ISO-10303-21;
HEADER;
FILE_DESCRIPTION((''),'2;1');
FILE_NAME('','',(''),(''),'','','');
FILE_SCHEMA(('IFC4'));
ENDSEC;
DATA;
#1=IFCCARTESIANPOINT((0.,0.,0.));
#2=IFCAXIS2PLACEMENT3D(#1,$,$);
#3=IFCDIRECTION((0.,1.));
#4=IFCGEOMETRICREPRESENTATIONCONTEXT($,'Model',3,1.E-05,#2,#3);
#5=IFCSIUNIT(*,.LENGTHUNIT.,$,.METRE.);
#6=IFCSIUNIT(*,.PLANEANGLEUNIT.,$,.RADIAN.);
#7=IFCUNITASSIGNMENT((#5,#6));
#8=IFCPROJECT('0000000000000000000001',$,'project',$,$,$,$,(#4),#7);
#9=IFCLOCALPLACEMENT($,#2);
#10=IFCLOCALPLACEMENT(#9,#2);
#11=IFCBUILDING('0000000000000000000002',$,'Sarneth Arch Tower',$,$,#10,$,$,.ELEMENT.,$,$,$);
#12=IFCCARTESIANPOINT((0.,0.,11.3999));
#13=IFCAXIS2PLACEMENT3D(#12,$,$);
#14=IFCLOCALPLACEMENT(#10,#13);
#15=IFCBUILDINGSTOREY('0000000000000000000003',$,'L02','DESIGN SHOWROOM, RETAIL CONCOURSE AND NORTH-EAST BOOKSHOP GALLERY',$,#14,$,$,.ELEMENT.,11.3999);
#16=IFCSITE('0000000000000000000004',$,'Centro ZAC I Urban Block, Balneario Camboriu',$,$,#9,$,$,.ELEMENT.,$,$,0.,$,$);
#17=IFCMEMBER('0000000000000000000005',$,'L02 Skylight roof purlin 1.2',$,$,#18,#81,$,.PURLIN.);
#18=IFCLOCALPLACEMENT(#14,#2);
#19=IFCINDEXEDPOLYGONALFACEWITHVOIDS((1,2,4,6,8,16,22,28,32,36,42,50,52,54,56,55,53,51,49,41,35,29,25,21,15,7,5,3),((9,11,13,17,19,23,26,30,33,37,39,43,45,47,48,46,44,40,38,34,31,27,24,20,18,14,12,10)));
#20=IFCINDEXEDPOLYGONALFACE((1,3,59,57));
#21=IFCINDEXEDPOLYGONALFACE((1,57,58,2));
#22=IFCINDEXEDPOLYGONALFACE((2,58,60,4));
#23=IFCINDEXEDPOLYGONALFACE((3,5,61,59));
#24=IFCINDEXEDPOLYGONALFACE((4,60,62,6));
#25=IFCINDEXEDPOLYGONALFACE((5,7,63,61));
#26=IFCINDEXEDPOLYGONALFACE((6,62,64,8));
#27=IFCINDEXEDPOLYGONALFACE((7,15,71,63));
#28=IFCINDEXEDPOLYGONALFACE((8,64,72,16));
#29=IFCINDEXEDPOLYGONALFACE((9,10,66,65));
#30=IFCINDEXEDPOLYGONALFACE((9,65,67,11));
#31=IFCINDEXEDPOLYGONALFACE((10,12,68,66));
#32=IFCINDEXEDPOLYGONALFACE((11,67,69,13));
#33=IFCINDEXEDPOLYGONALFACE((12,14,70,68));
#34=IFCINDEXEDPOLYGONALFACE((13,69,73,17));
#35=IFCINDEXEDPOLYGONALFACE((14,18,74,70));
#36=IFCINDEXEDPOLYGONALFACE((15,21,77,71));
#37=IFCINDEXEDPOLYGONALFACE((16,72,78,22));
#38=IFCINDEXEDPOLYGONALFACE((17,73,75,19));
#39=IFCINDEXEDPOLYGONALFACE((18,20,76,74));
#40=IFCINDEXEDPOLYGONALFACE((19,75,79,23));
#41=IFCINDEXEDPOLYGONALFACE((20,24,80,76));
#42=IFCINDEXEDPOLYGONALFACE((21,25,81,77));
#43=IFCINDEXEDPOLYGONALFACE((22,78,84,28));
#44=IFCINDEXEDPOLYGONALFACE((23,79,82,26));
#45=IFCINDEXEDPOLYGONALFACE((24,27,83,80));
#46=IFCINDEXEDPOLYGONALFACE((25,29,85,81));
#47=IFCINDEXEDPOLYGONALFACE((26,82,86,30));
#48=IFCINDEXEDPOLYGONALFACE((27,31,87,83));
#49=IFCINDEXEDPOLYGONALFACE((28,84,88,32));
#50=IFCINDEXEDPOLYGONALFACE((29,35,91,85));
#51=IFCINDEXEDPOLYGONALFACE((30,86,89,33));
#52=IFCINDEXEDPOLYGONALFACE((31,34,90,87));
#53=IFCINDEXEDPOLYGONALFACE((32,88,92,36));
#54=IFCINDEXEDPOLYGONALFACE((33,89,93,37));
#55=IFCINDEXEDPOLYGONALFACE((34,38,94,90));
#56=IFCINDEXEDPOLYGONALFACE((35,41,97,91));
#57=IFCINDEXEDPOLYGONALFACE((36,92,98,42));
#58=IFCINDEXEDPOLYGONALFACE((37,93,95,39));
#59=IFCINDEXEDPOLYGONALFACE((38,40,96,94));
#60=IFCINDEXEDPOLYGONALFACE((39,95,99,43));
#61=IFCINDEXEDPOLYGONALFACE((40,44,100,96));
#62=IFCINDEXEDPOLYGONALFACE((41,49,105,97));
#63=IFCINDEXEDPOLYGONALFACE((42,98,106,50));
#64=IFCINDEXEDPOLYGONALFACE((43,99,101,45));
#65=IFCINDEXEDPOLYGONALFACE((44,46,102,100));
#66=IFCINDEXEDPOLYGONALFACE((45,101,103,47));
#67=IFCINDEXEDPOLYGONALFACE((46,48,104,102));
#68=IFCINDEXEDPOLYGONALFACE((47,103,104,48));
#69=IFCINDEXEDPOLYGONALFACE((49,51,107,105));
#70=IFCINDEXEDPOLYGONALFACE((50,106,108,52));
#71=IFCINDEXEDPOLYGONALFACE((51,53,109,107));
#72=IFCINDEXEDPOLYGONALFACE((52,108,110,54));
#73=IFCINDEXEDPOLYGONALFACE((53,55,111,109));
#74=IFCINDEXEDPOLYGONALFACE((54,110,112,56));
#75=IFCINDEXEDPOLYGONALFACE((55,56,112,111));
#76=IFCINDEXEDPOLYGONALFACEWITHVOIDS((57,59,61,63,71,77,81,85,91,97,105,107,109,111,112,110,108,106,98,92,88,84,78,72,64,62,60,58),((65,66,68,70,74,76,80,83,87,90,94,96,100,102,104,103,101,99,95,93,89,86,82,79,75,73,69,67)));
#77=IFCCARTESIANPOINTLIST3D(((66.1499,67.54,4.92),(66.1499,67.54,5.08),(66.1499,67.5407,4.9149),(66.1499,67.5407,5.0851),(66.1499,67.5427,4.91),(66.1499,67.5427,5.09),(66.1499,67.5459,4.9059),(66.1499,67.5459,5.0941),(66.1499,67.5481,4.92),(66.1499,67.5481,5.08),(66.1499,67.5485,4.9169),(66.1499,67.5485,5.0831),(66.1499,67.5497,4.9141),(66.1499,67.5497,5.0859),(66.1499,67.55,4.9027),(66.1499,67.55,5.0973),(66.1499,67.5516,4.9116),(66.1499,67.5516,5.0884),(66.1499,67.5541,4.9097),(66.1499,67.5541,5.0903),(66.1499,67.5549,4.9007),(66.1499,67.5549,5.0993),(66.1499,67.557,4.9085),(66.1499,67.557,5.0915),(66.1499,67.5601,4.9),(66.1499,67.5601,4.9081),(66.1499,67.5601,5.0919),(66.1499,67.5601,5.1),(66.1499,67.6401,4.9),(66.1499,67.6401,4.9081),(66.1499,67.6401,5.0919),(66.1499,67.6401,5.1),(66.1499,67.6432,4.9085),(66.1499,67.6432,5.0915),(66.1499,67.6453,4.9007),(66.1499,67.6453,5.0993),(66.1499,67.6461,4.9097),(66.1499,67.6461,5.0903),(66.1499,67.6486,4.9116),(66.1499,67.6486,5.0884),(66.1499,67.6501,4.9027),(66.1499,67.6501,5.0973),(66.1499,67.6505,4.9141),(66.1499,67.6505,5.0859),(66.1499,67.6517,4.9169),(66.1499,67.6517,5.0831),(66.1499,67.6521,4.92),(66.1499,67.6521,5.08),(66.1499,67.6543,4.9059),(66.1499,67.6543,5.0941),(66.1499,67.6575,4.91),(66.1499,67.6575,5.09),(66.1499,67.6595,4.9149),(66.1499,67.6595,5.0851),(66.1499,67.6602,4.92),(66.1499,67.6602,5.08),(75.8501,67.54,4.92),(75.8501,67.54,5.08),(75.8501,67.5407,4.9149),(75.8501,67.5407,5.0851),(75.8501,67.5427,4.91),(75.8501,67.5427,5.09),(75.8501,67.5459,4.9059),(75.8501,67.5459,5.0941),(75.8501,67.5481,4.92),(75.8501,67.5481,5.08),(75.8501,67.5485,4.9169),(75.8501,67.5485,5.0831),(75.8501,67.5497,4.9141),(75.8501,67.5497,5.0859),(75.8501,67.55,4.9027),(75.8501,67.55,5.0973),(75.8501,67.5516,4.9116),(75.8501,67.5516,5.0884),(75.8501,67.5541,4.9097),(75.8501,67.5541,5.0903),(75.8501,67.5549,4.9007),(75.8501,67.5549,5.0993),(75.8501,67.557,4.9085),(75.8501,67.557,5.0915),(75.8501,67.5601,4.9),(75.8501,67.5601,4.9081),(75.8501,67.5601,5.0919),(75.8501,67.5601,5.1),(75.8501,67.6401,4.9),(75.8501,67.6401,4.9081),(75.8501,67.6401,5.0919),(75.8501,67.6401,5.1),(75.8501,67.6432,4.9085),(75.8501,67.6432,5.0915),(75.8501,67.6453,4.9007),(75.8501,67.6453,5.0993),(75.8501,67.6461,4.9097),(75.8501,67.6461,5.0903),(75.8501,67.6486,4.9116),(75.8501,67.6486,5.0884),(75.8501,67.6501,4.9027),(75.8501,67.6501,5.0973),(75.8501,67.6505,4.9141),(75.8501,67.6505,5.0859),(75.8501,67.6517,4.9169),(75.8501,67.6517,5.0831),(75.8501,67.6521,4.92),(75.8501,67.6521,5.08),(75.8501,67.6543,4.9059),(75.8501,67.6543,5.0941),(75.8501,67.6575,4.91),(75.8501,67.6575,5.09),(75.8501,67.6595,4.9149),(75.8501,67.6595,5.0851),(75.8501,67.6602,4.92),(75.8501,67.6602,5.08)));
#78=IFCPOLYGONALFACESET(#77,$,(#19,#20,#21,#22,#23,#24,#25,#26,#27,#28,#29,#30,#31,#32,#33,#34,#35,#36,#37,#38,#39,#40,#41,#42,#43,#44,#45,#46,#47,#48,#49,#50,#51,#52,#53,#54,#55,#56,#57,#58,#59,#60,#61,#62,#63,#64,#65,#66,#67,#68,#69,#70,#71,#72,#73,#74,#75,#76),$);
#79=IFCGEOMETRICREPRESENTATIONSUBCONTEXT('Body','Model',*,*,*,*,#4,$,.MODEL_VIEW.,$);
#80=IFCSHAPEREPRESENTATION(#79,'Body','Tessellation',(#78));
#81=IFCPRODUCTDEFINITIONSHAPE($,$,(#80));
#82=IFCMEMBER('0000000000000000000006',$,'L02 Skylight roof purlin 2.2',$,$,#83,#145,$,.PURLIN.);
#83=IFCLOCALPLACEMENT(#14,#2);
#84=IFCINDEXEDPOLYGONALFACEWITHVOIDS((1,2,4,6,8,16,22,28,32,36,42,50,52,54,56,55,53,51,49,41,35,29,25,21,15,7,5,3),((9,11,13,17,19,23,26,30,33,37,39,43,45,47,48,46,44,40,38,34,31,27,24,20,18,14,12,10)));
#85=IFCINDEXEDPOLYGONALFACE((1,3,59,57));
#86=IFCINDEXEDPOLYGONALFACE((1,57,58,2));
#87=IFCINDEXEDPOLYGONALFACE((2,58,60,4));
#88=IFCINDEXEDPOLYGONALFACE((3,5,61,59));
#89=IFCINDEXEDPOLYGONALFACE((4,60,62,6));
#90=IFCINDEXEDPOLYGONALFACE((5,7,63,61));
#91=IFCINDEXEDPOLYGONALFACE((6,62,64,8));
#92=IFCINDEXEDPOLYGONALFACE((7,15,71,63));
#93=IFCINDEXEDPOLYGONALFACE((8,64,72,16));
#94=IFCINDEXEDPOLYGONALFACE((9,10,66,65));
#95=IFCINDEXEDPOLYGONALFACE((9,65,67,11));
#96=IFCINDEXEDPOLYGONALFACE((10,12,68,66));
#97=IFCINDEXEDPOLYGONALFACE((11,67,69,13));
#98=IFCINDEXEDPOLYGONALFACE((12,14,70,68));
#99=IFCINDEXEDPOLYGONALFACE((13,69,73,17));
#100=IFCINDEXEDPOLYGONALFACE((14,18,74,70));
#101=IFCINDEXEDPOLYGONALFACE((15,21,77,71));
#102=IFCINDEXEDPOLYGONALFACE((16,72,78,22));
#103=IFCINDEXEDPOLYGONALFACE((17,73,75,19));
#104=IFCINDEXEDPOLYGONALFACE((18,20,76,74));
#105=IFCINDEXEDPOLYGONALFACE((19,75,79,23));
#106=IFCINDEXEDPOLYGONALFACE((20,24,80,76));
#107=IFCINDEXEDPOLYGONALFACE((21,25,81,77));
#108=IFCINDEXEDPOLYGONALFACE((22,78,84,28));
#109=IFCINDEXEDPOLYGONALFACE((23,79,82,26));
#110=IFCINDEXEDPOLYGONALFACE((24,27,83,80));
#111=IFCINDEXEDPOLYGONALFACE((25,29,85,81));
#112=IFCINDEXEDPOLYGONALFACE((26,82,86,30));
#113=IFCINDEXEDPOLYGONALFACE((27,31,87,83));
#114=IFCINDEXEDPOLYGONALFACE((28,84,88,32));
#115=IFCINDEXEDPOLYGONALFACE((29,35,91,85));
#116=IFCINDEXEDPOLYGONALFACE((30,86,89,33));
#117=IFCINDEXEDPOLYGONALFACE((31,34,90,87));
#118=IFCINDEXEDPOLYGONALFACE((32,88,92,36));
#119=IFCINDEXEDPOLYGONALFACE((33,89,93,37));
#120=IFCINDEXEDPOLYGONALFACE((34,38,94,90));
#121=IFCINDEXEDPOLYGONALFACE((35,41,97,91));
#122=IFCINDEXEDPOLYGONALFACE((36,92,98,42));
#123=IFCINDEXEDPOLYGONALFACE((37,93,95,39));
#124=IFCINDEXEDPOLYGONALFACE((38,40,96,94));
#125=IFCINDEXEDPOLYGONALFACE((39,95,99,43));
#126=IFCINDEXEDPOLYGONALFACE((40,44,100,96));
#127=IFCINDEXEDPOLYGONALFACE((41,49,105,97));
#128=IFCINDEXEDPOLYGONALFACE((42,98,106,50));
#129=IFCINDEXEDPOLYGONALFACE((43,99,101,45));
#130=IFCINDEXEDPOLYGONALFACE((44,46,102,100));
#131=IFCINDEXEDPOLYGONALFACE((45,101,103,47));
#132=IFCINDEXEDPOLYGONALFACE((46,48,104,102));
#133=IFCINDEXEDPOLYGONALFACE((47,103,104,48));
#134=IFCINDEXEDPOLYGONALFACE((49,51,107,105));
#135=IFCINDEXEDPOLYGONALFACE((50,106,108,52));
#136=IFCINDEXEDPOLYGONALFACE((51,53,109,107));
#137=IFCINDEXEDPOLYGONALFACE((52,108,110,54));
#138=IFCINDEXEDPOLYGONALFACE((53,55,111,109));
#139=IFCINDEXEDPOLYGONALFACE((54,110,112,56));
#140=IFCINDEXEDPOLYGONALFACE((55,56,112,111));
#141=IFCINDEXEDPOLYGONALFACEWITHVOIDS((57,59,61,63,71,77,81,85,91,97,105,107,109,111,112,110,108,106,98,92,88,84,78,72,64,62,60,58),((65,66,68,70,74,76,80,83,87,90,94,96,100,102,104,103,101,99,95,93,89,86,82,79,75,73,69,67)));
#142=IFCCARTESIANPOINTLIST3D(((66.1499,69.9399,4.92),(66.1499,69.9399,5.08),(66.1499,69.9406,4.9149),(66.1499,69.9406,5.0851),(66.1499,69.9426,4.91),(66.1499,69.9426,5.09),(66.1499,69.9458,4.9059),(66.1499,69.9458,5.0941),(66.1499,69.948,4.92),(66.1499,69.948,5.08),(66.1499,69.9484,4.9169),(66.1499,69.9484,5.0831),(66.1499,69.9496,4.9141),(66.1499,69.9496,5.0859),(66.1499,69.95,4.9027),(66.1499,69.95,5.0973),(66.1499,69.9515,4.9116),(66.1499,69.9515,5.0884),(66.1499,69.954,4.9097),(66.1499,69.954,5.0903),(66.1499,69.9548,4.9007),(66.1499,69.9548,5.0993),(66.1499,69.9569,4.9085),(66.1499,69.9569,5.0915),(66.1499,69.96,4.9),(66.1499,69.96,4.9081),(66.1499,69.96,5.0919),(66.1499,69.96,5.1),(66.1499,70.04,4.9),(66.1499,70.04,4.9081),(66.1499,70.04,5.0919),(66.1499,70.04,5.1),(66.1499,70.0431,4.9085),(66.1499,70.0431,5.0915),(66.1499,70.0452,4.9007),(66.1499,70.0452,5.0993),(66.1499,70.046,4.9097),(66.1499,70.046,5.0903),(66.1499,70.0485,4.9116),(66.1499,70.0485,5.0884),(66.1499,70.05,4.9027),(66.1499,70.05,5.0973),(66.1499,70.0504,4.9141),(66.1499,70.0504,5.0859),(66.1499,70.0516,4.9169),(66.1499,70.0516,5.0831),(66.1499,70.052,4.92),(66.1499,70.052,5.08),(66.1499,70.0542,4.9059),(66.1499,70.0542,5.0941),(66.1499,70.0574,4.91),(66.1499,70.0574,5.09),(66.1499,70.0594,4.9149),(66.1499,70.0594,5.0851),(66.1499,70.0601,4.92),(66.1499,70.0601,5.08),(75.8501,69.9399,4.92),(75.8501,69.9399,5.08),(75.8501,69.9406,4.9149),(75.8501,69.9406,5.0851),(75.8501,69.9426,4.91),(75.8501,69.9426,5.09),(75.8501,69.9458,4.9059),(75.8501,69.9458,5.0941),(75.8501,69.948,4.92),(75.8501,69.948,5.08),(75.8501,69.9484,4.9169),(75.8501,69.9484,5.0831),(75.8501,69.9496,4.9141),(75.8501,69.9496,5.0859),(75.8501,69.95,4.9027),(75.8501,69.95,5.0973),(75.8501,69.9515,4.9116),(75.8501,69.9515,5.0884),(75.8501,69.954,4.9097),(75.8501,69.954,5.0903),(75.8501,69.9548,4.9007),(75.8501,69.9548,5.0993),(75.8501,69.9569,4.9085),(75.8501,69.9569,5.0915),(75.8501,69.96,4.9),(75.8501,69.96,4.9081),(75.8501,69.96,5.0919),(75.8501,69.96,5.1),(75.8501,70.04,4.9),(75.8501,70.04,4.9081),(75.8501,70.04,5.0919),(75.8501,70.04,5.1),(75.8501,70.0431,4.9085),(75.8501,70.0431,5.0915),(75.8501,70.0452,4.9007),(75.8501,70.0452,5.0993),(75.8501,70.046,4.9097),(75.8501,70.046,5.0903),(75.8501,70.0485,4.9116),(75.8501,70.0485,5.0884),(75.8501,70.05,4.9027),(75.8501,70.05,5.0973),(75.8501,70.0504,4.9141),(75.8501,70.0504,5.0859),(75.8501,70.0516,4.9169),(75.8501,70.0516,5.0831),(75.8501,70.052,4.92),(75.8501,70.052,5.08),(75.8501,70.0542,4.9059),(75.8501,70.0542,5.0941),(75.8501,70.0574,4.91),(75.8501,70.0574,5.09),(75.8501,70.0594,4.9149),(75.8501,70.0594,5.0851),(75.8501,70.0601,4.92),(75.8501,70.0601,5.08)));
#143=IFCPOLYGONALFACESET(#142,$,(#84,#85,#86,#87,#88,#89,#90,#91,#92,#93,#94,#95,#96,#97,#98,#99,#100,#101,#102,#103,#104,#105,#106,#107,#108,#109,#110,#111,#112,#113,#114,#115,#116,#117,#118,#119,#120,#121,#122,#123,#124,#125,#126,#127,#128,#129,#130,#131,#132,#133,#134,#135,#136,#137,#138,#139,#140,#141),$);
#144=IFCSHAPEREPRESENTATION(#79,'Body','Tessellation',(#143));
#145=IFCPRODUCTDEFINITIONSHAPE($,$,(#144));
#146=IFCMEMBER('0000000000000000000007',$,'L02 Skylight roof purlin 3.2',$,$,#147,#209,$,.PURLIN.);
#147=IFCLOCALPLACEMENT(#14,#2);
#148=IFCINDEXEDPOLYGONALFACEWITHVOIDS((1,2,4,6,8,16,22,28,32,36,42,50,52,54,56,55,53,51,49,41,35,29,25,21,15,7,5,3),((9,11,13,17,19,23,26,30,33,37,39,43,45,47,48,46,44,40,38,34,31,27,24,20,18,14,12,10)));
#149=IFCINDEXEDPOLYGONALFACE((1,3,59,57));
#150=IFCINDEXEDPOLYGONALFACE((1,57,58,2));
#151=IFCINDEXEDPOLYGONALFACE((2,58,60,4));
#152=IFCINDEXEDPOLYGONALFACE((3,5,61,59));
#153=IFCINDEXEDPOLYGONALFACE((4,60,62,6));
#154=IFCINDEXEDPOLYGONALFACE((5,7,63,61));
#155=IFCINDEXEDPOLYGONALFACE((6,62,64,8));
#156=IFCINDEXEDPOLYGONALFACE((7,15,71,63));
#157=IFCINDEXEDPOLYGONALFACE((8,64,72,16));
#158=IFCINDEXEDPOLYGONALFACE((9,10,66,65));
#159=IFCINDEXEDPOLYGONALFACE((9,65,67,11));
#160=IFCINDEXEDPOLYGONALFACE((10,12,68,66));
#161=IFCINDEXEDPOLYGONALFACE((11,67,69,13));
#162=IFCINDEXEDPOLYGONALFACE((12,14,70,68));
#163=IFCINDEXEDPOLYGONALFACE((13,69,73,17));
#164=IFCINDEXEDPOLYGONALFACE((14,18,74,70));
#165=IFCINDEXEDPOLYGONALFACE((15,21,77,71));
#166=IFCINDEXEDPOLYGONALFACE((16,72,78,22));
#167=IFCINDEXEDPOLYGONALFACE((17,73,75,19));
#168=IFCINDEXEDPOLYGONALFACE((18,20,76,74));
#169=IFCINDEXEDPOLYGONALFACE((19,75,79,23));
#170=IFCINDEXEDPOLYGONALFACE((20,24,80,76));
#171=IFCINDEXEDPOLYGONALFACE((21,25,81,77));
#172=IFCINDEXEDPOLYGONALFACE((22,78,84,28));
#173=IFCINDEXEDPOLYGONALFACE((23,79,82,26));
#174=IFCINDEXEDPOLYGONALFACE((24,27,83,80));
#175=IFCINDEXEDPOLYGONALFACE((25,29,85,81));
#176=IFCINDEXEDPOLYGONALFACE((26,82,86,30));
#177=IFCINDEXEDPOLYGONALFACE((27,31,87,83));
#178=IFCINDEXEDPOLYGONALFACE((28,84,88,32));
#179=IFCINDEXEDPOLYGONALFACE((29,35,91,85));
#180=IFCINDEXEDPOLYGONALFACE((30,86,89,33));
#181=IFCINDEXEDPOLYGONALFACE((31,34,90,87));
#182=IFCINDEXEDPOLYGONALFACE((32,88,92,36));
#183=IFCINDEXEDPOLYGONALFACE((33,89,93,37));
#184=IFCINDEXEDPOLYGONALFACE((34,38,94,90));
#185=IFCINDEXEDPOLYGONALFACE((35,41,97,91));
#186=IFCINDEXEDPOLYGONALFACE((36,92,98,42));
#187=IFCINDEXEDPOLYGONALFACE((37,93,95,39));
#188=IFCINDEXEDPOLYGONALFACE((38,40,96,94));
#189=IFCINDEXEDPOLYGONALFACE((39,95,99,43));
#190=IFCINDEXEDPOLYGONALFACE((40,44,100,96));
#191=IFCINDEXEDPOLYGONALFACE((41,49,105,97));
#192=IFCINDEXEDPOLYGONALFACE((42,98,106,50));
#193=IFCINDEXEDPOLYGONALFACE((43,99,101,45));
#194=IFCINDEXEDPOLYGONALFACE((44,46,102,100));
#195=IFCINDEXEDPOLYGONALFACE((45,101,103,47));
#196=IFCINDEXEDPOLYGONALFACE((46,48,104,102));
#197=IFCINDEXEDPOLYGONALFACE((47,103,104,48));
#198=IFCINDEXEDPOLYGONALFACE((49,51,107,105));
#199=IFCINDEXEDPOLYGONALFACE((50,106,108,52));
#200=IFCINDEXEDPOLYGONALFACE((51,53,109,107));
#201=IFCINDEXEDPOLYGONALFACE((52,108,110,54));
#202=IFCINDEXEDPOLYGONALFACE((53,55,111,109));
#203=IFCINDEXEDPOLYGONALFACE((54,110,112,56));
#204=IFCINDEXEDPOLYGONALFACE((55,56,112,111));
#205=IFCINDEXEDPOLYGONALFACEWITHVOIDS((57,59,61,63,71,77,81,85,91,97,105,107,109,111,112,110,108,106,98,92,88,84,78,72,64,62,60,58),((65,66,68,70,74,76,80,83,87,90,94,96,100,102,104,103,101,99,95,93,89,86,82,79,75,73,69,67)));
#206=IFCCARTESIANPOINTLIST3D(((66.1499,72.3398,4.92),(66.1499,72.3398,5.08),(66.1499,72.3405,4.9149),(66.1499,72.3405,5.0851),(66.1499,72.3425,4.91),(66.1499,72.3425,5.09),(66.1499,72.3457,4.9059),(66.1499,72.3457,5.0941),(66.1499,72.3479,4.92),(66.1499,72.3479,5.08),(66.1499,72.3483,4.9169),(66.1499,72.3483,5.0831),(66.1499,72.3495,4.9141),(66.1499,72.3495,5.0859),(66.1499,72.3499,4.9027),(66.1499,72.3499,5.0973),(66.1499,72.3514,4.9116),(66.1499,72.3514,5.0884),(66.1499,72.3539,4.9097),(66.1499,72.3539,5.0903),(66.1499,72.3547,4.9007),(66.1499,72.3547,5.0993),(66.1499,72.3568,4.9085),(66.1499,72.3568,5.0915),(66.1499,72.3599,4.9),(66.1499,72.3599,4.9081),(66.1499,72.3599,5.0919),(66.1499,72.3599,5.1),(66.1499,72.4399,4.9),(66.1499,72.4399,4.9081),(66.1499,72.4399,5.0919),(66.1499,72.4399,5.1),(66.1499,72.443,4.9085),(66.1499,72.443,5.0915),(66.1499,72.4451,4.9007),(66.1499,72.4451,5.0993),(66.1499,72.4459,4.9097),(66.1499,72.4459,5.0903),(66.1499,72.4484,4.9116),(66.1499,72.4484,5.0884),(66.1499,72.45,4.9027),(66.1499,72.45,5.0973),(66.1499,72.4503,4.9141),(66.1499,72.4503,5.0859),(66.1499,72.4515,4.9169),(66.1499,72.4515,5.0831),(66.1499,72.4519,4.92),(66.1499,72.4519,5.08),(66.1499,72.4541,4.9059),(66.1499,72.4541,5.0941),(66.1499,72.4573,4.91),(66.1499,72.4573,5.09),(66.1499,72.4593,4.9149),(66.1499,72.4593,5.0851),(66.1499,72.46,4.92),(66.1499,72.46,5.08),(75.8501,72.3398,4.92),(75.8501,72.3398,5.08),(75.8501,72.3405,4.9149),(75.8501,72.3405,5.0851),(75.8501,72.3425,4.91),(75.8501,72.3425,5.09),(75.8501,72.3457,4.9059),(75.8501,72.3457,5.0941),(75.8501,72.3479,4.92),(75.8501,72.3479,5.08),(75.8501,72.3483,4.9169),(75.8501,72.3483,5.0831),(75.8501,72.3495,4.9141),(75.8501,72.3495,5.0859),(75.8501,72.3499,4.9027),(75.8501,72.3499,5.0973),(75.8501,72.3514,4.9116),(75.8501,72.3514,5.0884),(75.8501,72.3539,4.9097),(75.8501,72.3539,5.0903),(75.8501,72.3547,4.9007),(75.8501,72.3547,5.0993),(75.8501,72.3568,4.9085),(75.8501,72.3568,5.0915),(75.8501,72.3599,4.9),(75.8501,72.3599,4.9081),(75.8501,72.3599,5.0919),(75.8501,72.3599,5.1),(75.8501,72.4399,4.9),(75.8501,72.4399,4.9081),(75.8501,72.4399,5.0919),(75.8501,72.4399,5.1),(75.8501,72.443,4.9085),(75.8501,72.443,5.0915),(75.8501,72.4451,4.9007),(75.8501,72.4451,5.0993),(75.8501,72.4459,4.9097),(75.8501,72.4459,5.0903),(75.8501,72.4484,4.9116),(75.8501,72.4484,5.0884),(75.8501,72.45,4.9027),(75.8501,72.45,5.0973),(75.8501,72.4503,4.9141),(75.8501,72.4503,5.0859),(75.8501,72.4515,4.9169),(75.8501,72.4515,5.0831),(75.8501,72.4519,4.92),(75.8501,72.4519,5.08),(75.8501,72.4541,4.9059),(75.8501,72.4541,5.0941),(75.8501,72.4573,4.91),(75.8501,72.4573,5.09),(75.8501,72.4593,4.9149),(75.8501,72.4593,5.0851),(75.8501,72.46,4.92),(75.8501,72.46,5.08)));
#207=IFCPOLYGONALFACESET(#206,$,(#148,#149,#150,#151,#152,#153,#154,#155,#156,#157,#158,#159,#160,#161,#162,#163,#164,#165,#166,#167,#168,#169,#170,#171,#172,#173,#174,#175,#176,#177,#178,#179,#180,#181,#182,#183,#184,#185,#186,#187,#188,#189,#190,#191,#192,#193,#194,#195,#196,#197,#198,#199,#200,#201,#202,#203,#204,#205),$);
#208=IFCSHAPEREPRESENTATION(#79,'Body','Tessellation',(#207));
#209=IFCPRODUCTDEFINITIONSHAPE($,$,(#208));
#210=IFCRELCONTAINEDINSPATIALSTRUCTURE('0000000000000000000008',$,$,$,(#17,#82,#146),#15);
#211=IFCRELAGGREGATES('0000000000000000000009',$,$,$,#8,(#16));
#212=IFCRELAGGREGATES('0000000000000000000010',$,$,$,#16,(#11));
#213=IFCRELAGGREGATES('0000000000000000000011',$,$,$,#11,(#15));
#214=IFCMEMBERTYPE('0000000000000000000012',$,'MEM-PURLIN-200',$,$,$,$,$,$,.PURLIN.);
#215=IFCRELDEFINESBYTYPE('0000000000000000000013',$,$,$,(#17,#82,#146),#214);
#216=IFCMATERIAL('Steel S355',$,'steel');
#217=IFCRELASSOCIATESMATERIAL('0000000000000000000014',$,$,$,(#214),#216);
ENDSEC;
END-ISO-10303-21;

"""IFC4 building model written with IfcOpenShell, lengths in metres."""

from ifc_helpers import new_model, si_unit, direction, frame, origin, origin_2d, place, context, subcontext, project, spatial, hollow_rectangle, extrude, material, material_profile, profile_set, type_object, element, save


model = new_model("IFC4")

# Units and contexts
model_context = context("Model", 3, precision=1e-05, world=origin(), true_north=direction((0.0, 1.0)))
body_context = subcontext(model_context, "Body", "Model", "MODEL_VIEW")
ifc_project = project(units=[si_unit("LENGTHUNIT", "METRE"), si_unit("PLANEANGLEUNIT", "RADIAN")], contexts=[model_context])

# Site, building, storey
site_placement = place(None, origin())
site = spatial("IfcSite", under=ifc_project, at=site_placement, Name="Centro ZAC I Urban Block, Balneario Camboriu", CompositionType="ELEMENT", RefElevation=0.0)
building_placement = place(site_placement, origin())
building = spatial("IfcBuilding", under=site, at=building_placement, Name="Sarneth Arch Tower", CompositionType="ELEMENT")
storey_placement = place(building_placement, frame((0.0, 0.0, 11.3999)))
storey = spatial("IfcBuildingStorey", under=building, at=storey_placement, Name="L02", Description="DESIGN SHOWROOM, RETAIL CONCOURSE AND NORTH-EAST BOOKSHOP GALLERY", CompositionType="ELEMENT", Elevation=11.3999)

# Members
ifc_material_1 = material(Name="Steel S355", Category="steel")
ifc_material_profile_1 = material_profile(ifc_material_1, hollow_rectangle(XDim=0.1201, YDim=0.2, WallThickness=0.0081, InnerFilletRadius=0.012, OuterFilletRadius=0.02, at=origin_2d()), Name="RHS200x120x8")
ifc_profile_set_1 = profile_set([ifc_material_profile_1], Name="Steel S355")
member_type = type_object("IfcMemberType", Name="MEM-PURLIN-200", PredefinedType="PURLIN", material=ifc_profile_set_1)
for number, where, z_axis, x_axis, name in (
    (1, (66.1499, 67.6001, 5.0), (1.0, 0.0, 0.0), (0.0, 1.0, 0.0), "L02 Skylight roof purlin 1.2"),
    (2, (66.1499, 70.0, 5.0), (1.0, 0.0, 0.0), (0.0, 1.0, 0.0), "L02 Skylight roof purlin 2.2"),
    (3, (66.1499, 72.3999, 5.0), (1.0, 0.0, 0.0), (0.0, 1.0, 0.0), "L02 Skylight roof purlin 3.2"),
):
    element("IfcMember", number, at=place(storey_placement, frame(where, z_axis=z_axis, x_axis=x_axis)), inside=storey, type_object=member_type, Name=name, PredefinedType="PURLIN", context=body_context, shape_type="SweptSolid", body=[
        extrude(hollow_rectangle(XDim=0.1201, YDim=0.2, WallThickness=0.0081, InnerFilletRadius=0.012, OuterFilletRadius=0.02, at=origin_2d()), origin(), (0.0, 0.0, 1.0), 9.7002),
    ])

save(model, "model.ifc")
